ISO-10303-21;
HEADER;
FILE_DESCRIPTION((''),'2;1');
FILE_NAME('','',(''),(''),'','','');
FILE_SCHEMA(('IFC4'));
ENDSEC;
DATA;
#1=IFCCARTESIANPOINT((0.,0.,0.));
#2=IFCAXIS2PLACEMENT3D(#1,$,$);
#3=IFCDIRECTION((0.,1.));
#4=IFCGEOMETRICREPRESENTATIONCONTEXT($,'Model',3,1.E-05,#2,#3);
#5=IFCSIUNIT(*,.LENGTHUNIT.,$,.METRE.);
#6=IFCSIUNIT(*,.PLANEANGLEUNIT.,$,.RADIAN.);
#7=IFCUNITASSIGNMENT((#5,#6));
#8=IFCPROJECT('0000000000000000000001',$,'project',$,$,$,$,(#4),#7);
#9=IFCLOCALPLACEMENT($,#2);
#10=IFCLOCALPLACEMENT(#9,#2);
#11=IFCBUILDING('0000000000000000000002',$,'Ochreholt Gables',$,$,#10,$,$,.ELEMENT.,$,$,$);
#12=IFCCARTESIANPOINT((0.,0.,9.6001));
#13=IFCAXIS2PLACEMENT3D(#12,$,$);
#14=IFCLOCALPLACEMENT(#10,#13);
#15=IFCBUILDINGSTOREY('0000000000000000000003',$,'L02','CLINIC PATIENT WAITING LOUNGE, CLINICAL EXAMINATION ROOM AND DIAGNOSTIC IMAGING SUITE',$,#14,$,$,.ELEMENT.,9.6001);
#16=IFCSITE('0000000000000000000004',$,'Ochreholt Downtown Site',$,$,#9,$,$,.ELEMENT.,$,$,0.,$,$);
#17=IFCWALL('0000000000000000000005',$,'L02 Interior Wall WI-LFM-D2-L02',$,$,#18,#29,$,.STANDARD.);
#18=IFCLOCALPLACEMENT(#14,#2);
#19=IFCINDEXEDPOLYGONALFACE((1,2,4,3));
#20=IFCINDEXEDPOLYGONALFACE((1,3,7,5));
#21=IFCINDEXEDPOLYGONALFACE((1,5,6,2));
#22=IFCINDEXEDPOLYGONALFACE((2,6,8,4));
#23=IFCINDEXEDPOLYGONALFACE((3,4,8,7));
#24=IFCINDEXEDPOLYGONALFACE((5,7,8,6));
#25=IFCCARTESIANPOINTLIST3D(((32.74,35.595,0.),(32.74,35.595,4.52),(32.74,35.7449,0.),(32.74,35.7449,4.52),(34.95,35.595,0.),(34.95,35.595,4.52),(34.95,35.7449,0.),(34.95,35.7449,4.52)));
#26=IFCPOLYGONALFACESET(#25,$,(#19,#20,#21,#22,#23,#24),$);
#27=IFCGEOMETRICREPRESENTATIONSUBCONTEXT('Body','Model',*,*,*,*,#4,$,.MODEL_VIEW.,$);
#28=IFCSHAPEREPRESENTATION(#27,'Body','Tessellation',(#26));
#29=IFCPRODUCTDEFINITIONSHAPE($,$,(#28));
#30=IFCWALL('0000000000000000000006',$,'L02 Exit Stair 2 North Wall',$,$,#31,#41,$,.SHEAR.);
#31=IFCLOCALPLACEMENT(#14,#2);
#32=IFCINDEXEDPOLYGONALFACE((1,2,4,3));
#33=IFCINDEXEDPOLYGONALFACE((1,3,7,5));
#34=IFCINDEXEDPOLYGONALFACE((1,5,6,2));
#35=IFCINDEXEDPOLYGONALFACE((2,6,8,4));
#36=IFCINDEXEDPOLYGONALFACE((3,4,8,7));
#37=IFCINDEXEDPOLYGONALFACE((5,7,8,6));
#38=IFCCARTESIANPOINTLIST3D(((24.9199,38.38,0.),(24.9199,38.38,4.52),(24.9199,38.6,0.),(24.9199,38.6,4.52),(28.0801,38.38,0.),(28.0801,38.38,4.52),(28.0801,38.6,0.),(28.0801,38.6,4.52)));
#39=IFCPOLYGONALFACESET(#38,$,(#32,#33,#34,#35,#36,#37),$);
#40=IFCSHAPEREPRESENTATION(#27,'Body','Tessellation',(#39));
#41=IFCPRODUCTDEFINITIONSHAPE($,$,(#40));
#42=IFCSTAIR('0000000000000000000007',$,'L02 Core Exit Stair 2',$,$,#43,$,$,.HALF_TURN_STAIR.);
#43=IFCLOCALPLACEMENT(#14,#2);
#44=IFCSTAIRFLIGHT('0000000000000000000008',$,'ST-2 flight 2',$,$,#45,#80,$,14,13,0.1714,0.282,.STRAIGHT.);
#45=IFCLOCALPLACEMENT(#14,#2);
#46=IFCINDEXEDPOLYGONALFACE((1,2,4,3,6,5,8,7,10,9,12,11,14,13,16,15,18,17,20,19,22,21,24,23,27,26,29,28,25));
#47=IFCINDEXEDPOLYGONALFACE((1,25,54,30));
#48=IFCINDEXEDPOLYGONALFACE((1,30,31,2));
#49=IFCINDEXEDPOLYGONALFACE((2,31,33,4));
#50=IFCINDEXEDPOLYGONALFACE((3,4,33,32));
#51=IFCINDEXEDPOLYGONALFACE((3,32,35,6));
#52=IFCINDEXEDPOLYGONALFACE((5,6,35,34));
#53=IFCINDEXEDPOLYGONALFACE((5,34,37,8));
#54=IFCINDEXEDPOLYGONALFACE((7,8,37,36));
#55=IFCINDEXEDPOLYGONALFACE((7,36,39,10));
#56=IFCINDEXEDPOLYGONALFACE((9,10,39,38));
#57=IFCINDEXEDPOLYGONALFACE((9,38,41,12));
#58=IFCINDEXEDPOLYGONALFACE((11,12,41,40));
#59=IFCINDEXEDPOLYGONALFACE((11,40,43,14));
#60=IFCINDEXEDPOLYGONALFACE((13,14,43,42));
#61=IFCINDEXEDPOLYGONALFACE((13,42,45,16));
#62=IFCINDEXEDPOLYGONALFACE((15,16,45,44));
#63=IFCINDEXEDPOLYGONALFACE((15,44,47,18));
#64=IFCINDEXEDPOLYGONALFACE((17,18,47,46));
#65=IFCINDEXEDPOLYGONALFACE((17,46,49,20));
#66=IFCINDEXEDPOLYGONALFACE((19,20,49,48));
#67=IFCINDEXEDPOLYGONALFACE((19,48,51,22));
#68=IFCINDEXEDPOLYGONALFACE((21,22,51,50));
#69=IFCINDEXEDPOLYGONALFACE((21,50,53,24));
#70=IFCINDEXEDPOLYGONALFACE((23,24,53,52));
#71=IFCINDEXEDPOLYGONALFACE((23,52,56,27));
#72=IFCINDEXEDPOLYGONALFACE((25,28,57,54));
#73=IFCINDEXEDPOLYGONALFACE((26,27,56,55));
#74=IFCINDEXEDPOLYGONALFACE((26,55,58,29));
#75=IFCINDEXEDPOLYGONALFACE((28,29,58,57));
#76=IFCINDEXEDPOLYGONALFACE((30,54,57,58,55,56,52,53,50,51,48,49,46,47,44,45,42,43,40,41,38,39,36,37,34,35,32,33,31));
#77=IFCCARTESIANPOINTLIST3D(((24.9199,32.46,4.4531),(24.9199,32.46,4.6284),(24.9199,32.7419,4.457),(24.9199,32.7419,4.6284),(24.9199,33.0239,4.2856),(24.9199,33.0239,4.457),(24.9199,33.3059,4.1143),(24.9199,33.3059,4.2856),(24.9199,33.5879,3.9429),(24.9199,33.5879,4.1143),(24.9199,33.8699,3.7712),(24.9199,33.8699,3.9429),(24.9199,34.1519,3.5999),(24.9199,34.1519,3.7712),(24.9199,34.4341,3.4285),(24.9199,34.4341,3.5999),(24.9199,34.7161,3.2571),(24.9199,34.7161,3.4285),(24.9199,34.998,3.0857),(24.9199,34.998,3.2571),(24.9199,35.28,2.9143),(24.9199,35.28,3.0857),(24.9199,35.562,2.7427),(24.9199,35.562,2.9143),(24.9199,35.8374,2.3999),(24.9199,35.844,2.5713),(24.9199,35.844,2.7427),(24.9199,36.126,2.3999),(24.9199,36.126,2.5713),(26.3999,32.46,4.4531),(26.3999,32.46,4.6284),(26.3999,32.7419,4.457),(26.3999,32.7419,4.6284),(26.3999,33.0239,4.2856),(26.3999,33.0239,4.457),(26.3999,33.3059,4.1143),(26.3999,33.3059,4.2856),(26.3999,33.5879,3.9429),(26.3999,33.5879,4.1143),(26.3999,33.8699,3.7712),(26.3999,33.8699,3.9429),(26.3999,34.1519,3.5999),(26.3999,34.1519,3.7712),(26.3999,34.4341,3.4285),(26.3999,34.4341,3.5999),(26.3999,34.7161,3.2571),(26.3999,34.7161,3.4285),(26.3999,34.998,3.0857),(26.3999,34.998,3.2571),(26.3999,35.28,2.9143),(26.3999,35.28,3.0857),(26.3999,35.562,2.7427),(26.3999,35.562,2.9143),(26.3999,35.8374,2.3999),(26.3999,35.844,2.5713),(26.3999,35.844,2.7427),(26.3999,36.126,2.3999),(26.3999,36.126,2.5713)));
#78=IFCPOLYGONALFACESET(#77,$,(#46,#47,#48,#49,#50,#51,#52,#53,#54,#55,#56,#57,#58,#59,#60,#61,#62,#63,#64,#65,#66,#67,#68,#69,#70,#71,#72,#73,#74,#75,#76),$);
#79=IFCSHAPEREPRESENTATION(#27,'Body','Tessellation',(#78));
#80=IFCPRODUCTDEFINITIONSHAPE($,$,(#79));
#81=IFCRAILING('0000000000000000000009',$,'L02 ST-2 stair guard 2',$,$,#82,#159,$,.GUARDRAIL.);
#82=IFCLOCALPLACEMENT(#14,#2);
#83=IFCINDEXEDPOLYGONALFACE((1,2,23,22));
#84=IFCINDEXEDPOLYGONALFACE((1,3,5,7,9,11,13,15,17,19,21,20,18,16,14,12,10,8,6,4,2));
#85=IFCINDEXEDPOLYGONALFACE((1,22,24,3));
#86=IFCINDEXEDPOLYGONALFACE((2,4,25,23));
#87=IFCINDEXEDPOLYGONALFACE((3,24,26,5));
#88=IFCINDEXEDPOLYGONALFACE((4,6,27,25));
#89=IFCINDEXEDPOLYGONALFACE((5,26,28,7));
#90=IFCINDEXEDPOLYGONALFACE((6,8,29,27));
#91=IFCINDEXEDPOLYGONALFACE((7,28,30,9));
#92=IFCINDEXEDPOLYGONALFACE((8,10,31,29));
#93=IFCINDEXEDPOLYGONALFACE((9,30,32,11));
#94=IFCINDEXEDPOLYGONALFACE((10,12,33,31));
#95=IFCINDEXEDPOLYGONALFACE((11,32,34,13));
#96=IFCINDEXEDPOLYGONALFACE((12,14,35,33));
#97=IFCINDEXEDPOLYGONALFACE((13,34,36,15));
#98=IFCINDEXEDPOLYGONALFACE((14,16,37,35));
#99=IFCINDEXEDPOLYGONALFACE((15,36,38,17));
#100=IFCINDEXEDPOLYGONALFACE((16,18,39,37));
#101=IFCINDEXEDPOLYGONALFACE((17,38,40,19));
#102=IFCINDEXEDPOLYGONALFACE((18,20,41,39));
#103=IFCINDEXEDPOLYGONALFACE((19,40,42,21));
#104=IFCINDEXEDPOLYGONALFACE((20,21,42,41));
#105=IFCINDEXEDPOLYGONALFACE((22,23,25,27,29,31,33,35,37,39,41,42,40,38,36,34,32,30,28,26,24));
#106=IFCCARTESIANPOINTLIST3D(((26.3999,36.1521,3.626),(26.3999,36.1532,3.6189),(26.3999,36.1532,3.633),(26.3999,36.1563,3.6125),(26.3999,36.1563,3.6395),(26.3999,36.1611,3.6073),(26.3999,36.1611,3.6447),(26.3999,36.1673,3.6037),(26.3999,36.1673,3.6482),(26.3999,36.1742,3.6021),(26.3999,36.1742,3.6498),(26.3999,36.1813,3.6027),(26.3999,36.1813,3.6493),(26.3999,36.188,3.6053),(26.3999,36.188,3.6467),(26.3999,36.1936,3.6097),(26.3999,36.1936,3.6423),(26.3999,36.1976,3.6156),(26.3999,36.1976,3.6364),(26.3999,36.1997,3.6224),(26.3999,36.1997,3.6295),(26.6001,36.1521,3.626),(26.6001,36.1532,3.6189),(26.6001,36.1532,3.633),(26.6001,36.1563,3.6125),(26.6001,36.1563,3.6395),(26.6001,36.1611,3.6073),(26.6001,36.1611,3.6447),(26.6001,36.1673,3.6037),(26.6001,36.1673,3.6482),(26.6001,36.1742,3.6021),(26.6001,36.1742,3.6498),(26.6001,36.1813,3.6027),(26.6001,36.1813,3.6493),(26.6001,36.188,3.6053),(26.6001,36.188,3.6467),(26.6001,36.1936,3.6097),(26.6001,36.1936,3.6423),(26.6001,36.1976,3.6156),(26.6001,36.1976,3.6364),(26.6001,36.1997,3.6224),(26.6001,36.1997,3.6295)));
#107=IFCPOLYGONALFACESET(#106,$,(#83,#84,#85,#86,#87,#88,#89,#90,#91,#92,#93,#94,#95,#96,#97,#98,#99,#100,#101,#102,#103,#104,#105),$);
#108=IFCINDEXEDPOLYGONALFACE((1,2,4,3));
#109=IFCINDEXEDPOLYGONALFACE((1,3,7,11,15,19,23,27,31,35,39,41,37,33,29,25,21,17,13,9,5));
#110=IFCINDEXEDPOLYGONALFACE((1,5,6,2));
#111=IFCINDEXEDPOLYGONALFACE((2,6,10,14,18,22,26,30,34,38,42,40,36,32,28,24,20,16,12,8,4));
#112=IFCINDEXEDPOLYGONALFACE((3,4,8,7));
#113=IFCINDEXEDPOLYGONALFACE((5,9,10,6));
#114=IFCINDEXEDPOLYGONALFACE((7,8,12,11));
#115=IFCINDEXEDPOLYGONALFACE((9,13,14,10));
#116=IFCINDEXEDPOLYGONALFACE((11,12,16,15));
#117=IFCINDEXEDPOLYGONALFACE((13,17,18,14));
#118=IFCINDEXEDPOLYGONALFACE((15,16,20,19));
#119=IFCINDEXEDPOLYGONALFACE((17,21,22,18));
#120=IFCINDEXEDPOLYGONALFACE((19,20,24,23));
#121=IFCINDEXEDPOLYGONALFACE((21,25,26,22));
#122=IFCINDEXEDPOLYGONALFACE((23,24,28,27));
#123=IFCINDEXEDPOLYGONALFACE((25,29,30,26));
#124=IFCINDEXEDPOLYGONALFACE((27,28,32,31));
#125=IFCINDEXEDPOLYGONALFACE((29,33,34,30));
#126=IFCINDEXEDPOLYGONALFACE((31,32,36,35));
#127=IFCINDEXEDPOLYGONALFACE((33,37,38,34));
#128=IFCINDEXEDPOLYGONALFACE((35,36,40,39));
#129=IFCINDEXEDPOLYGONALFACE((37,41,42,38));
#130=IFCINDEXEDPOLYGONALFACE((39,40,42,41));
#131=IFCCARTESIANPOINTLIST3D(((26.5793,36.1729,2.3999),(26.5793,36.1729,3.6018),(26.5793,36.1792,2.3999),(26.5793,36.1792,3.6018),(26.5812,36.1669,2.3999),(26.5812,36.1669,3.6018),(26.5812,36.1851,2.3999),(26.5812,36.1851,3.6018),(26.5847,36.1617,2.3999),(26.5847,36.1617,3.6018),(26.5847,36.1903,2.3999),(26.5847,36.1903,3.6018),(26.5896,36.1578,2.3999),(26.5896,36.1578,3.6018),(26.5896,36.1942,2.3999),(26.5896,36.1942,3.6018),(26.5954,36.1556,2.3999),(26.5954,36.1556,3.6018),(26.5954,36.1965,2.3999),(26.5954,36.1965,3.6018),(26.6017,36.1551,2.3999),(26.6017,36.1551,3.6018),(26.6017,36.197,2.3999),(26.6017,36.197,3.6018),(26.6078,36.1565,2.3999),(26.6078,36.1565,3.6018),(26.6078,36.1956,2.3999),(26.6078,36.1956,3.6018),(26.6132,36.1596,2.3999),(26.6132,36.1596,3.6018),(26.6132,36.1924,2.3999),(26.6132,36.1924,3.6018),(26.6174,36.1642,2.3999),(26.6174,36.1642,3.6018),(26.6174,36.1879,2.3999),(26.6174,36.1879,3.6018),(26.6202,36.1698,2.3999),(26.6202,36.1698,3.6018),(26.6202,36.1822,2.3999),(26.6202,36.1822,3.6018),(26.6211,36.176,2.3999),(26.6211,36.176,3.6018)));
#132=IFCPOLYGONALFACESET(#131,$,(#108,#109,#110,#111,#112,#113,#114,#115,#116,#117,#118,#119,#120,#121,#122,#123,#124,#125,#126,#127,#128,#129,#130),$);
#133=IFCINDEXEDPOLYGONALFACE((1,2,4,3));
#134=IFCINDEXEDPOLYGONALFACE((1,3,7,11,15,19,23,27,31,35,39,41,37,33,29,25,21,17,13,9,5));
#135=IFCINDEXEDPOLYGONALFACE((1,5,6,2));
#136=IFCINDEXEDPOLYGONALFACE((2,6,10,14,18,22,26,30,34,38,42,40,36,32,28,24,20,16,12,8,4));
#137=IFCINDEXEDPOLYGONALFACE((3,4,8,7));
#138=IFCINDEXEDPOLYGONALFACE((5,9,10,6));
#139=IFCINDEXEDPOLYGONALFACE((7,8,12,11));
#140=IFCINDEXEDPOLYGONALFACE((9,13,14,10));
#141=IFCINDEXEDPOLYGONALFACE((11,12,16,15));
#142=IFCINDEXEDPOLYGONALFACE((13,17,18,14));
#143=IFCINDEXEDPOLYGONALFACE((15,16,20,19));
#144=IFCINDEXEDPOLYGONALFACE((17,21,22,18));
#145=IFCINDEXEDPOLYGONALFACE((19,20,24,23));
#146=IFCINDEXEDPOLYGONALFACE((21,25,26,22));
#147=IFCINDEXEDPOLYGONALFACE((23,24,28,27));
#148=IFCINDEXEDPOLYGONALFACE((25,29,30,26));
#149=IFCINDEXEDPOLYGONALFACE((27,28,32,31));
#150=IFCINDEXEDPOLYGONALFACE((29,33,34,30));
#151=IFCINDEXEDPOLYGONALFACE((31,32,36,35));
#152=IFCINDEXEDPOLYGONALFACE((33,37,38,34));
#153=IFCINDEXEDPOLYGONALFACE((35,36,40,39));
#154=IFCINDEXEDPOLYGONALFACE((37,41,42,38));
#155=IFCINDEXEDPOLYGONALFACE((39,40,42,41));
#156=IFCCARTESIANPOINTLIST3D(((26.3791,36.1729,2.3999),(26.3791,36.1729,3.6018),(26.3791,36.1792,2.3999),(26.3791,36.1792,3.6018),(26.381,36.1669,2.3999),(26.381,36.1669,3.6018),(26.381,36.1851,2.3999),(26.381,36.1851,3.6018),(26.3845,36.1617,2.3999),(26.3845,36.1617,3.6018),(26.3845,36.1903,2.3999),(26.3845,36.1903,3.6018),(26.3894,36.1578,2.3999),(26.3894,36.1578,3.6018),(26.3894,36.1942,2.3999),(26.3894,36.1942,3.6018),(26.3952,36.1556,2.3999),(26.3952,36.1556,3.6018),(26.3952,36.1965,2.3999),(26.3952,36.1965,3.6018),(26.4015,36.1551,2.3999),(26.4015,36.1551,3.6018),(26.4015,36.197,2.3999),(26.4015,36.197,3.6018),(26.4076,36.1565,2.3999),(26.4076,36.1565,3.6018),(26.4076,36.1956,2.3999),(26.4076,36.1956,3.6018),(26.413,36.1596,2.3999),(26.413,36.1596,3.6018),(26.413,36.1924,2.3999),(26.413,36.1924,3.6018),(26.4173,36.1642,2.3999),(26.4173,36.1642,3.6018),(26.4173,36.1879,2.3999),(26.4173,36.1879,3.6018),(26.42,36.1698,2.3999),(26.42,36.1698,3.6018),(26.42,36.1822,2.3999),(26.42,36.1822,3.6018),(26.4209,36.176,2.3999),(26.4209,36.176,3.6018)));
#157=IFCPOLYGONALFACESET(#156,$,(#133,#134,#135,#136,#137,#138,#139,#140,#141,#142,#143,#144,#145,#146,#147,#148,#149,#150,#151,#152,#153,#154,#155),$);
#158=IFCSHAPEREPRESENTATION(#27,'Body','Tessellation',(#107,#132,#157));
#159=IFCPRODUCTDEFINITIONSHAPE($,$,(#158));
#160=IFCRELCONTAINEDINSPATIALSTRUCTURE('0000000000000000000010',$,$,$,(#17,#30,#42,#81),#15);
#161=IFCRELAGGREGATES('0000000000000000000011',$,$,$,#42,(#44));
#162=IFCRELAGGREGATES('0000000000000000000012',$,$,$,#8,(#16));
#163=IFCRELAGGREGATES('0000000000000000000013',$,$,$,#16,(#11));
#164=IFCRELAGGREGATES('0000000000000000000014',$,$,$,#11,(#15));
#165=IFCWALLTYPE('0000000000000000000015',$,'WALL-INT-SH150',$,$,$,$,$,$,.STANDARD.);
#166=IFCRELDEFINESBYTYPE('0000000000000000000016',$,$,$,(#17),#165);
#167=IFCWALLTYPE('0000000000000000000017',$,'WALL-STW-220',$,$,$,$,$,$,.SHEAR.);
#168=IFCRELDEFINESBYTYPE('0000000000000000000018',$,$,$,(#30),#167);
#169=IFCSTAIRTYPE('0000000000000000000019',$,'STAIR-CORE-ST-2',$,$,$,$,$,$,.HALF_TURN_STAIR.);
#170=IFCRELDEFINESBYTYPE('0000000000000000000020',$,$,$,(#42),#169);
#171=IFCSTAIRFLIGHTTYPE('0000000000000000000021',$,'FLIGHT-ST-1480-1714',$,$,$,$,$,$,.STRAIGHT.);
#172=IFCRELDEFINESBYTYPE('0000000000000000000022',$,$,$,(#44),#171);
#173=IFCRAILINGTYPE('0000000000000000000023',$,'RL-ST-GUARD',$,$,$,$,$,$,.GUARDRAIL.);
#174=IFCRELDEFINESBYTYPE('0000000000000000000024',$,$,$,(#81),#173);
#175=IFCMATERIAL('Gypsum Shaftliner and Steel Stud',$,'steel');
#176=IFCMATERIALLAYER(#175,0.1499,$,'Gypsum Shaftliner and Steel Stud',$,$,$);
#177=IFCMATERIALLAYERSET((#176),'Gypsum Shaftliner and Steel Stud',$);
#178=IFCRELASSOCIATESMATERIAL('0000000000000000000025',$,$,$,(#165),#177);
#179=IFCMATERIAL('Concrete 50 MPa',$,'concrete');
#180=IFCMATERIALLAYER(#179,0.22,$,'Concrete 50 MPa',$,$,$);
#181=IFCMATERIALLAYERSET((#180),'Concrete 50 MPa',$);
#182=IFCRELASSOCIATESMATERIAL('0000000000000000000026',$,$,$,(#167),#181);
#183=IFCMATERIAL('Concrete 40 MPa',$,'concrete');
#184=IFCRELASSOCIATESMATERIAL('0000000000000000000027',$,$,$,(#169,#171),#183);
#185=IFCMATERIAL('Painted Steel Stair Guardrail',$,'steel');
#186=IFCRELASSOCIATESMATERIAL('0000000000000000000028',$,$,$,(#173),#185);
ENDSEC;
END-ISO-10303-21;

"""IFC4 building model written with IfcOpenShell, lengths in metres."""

from ifc_helpers import new_model, si_unit, direction, frame, frame_2d, origin, origin_2d, place, context, subcontext, project, spatial, polyline, rectangle, circle, outline, extrude, material, layer, layer_set, type_object, element, aggregate, save


model = new_model("IFC4")

# Units and contexts
model_context = context("Model", 3, precision=1e-05, world=origin(), true_north=direction((0.0, 1.0)))
body_context = subcontext(model_context, "Body", "Model", "MODEL_VIEW")
ifc_project = project(units=[si_unit("LENGTHUNIT", "METRE"), si_unit("PLANEANGLEUNIT", "RADIAN")], contexts=[model_context])

# Site, building, storey
site_placement = place(None, origin())
site = spatial("IfcSite", under=ifc_project, at=site_placement, Name="Ochreholt Downtown Site", CompositionType="ELEMENT", RefElevation=0.0)
building_placement = place(site_placement, origin())
building = spatial("IfcBuilding", under=site, at=building_placement, Name="Ochreholt Gables", CompositionType="ELEMENT")
storey_placement = place(building_placement, frame((0.0, 0.0, 9.6001)))
storey = spatial("IfcBuildingStorey", under=building, at=storey_placement, Name="L02", Description="CLINIC PATIENT WAITING LOUNGE, CLINICAL EXAMINATION ROOM AND DIAGNOSTIC IMAGING SUITE", CompositionType="ELEMENT", Elevation=9.6001)

# Walls
ifc_material_1 = material(Name="Gypsum Shaftliner and Steel Stud", Category="steel")
ifc_layer_1 = layer(ifc_material_1, 0.1499, Name="Gypsum Shaftliner and Steel Stud")
ifc_layer_set_1 = layer_set([ifc_layer_1], Name="Gypsum Shaftliner and Steel Stud")
wall_type_1 = type_object("IfcWallType", Name="WALL-INT-SH150", PredefinedType="STANDARD", material=ifc_layer_set_1)
for number, where, z_axis, x_axis, name in (
    (1, (32.74, 35.6699, 0.0), (0.0, 0.0, 1.0), (1.0, 0.0, 0.0), "L02 Interior Wall WI-LFM-D2-L02"),
):
    element("IfcWall", number, at=place(storey_placement, frame(where, z_axis=z_axis, x_axis=x_axis)), inside=storey, type_object=wall_type_1, Name=name, PredefinedType="STANDARD", context=body_context, shape_type="SweptSolid", body=[
        extrude(rectangle(XDim=2.21, YDim=0.1499, at=frame_2d((1.105, 0.0))), origin(), (0.0, 0.0, 1.0), 4.52),
    ])
ifc_material_2 = material(Name="Concrete 50 MPa", Category="concrete")
ifc_layer_2 = layer(ifc_material_2, 0.22, Name="Concrete 50 MPa")
ifc_layer_set_2 = layer_set([ifc_layer_2], Name="Concrete 50 MPa")
wall_type_2 = type_object("IfcWallType", Name="WALL-STW-220", PredefinedType="SHEAR", material=ifc_layer_set_2)
wall_1_placement = place(storey_placement, frame((24.9199, 38.49, 0.0), z_axis=(0.0, 0.0, 1.0), x_axis=(1.0, 0.0, 0.0)))
element("IfcWall", 2, at=wall_1_placement, inside=storey, type_object=wall_type_2, Name="L02 Exit Stair 2 North Wall", PredefinedType="SHEAR", context=body_context, shape_type="SweptSolid", body=[
    extrude(rectangle(XDim=3.1602, YDim=0.22, at=frame_2d((1.5801, 0.0))), origin(), (0.0, 0.0, 1.0), 4.52),
])

# Stair, stair flight
ifc_material_3 = material(Name="Concrete 40 MPa", Category="concrete")
stair_type = type_object("IfcStairType", Name="STAIR-CORE-ST-2", PredefinedType="HALF_TURN_STAIR", material=ifc_material_3)
stair_placement = place(storey_placement, origin())
stair = element("IfcStair", 3, at=stair_placement, inside=storey, type_object=stair_type, Name="L02 Core Exit Stair 2", PredefinedType="HALF_TURN_STAIR")
stair_flight_type = type_object("IfcStairFlightType", Name="FLIGHT-ST-1480-1714", PredefinedType="STRAIGHT", material=ifc_material_3)
stair_flight_placement = place(storey_placement, frame((25.6599, 36.126, 2.3999), z_axis=(0.0, 0.0, 1.0), x_axis=(0.0, -1.0, 0.0)))
stair_flight = element("IfcStairFlight", 4, at=stair_flight_placement, type_object=stair_flight_type, Name="ST-2 flight 2", NumberOfRisers=14, NumberOfTreads=13, PredefinedType="STRAIGHT", RiserHeight=0.1714, TreadLength=0.282, context=body_context, shape_type="SweptSolid", body=[
    extrude(outline(polyline([(0.0, 0.0), (0.0, 0.1714), (0.282, 0.1714), (0.282, 0.3428), (0.564, 0.3428), (0.564, 0.5144), (0.8459, 0.5144), (0.8459, 0.6858), (1.1279, 0.6858), (1.1279, 0.8572), (1.4099, 0.8572), (1.4099, 1.0286), (1.6919, 1.0286), (1.6919, 1.2), (1.9741, 1.2), (1.9741, 1.3713), (2.2561, 1.3713), (2.2561, 1.543), (2.5381, 1.543), (2.5381, 1.7144), (2.8201, 1.7144), (2.8201, 1.8857), (3.1021, 1.8857), (3.1021, 2.0571), (3.384, 2.0571), (3.384, 2.2285), (3.666, 2.2285), (3.666, 2.3999), (3.666, 2.0532), (0.2886, 0.0), (0.0, 0.0)])), frame((0.0, 0.74, 0.0), z_axis=(0.0, -1.0, 0.0), x_axis=(1.0, 0.0, 0.0)), (0.0, 0.0, 1.0), 1.48),
])
aggregate(stair, [stair_flight])

# Railing
ifc_material_4 = material(Name="Painted Steel Stair Guardrail", Category="steel")
railing_type_1 = type_object("IfcRailingType", Name="RL-ST-GUARD", PredefinedType="GUARDRAIL", material=ifc_material_4)
railing_1_placement = place(storey_placement, frame((26.6001, 36.176, 2.3999)))
element("IfcRailing", 5, at=railing_1_placement, inside=storey, type_object=railing_type_1, Name="L02 ST-2 stair guard 2", PredefinedType="GUARDRAIL", context=body_context, shape_type="SweptSolid", body=[
    extrude(circle(Radius=0.0239, at=origin_2d()), frame((0.0, 0.0, 1.2261), z_axis=(-1.0, 0.0, 0.0), x_axis=(0.0, -1.0, 0.0)), (0.0, 0.0, 1.0), 0.2002),
    extrude(circle(Radius=0.021, at=origin_2d()), origin(), (0.0, 0.0, 1.0), 1.2019),
    extrude(circle(Radius=0.021, at=origin_2d()), frame((-0.2002, 0.0, 0.0)), (0.0, 0.0, 1.0), 1.2019),
])

save(model, "model.ifc")
